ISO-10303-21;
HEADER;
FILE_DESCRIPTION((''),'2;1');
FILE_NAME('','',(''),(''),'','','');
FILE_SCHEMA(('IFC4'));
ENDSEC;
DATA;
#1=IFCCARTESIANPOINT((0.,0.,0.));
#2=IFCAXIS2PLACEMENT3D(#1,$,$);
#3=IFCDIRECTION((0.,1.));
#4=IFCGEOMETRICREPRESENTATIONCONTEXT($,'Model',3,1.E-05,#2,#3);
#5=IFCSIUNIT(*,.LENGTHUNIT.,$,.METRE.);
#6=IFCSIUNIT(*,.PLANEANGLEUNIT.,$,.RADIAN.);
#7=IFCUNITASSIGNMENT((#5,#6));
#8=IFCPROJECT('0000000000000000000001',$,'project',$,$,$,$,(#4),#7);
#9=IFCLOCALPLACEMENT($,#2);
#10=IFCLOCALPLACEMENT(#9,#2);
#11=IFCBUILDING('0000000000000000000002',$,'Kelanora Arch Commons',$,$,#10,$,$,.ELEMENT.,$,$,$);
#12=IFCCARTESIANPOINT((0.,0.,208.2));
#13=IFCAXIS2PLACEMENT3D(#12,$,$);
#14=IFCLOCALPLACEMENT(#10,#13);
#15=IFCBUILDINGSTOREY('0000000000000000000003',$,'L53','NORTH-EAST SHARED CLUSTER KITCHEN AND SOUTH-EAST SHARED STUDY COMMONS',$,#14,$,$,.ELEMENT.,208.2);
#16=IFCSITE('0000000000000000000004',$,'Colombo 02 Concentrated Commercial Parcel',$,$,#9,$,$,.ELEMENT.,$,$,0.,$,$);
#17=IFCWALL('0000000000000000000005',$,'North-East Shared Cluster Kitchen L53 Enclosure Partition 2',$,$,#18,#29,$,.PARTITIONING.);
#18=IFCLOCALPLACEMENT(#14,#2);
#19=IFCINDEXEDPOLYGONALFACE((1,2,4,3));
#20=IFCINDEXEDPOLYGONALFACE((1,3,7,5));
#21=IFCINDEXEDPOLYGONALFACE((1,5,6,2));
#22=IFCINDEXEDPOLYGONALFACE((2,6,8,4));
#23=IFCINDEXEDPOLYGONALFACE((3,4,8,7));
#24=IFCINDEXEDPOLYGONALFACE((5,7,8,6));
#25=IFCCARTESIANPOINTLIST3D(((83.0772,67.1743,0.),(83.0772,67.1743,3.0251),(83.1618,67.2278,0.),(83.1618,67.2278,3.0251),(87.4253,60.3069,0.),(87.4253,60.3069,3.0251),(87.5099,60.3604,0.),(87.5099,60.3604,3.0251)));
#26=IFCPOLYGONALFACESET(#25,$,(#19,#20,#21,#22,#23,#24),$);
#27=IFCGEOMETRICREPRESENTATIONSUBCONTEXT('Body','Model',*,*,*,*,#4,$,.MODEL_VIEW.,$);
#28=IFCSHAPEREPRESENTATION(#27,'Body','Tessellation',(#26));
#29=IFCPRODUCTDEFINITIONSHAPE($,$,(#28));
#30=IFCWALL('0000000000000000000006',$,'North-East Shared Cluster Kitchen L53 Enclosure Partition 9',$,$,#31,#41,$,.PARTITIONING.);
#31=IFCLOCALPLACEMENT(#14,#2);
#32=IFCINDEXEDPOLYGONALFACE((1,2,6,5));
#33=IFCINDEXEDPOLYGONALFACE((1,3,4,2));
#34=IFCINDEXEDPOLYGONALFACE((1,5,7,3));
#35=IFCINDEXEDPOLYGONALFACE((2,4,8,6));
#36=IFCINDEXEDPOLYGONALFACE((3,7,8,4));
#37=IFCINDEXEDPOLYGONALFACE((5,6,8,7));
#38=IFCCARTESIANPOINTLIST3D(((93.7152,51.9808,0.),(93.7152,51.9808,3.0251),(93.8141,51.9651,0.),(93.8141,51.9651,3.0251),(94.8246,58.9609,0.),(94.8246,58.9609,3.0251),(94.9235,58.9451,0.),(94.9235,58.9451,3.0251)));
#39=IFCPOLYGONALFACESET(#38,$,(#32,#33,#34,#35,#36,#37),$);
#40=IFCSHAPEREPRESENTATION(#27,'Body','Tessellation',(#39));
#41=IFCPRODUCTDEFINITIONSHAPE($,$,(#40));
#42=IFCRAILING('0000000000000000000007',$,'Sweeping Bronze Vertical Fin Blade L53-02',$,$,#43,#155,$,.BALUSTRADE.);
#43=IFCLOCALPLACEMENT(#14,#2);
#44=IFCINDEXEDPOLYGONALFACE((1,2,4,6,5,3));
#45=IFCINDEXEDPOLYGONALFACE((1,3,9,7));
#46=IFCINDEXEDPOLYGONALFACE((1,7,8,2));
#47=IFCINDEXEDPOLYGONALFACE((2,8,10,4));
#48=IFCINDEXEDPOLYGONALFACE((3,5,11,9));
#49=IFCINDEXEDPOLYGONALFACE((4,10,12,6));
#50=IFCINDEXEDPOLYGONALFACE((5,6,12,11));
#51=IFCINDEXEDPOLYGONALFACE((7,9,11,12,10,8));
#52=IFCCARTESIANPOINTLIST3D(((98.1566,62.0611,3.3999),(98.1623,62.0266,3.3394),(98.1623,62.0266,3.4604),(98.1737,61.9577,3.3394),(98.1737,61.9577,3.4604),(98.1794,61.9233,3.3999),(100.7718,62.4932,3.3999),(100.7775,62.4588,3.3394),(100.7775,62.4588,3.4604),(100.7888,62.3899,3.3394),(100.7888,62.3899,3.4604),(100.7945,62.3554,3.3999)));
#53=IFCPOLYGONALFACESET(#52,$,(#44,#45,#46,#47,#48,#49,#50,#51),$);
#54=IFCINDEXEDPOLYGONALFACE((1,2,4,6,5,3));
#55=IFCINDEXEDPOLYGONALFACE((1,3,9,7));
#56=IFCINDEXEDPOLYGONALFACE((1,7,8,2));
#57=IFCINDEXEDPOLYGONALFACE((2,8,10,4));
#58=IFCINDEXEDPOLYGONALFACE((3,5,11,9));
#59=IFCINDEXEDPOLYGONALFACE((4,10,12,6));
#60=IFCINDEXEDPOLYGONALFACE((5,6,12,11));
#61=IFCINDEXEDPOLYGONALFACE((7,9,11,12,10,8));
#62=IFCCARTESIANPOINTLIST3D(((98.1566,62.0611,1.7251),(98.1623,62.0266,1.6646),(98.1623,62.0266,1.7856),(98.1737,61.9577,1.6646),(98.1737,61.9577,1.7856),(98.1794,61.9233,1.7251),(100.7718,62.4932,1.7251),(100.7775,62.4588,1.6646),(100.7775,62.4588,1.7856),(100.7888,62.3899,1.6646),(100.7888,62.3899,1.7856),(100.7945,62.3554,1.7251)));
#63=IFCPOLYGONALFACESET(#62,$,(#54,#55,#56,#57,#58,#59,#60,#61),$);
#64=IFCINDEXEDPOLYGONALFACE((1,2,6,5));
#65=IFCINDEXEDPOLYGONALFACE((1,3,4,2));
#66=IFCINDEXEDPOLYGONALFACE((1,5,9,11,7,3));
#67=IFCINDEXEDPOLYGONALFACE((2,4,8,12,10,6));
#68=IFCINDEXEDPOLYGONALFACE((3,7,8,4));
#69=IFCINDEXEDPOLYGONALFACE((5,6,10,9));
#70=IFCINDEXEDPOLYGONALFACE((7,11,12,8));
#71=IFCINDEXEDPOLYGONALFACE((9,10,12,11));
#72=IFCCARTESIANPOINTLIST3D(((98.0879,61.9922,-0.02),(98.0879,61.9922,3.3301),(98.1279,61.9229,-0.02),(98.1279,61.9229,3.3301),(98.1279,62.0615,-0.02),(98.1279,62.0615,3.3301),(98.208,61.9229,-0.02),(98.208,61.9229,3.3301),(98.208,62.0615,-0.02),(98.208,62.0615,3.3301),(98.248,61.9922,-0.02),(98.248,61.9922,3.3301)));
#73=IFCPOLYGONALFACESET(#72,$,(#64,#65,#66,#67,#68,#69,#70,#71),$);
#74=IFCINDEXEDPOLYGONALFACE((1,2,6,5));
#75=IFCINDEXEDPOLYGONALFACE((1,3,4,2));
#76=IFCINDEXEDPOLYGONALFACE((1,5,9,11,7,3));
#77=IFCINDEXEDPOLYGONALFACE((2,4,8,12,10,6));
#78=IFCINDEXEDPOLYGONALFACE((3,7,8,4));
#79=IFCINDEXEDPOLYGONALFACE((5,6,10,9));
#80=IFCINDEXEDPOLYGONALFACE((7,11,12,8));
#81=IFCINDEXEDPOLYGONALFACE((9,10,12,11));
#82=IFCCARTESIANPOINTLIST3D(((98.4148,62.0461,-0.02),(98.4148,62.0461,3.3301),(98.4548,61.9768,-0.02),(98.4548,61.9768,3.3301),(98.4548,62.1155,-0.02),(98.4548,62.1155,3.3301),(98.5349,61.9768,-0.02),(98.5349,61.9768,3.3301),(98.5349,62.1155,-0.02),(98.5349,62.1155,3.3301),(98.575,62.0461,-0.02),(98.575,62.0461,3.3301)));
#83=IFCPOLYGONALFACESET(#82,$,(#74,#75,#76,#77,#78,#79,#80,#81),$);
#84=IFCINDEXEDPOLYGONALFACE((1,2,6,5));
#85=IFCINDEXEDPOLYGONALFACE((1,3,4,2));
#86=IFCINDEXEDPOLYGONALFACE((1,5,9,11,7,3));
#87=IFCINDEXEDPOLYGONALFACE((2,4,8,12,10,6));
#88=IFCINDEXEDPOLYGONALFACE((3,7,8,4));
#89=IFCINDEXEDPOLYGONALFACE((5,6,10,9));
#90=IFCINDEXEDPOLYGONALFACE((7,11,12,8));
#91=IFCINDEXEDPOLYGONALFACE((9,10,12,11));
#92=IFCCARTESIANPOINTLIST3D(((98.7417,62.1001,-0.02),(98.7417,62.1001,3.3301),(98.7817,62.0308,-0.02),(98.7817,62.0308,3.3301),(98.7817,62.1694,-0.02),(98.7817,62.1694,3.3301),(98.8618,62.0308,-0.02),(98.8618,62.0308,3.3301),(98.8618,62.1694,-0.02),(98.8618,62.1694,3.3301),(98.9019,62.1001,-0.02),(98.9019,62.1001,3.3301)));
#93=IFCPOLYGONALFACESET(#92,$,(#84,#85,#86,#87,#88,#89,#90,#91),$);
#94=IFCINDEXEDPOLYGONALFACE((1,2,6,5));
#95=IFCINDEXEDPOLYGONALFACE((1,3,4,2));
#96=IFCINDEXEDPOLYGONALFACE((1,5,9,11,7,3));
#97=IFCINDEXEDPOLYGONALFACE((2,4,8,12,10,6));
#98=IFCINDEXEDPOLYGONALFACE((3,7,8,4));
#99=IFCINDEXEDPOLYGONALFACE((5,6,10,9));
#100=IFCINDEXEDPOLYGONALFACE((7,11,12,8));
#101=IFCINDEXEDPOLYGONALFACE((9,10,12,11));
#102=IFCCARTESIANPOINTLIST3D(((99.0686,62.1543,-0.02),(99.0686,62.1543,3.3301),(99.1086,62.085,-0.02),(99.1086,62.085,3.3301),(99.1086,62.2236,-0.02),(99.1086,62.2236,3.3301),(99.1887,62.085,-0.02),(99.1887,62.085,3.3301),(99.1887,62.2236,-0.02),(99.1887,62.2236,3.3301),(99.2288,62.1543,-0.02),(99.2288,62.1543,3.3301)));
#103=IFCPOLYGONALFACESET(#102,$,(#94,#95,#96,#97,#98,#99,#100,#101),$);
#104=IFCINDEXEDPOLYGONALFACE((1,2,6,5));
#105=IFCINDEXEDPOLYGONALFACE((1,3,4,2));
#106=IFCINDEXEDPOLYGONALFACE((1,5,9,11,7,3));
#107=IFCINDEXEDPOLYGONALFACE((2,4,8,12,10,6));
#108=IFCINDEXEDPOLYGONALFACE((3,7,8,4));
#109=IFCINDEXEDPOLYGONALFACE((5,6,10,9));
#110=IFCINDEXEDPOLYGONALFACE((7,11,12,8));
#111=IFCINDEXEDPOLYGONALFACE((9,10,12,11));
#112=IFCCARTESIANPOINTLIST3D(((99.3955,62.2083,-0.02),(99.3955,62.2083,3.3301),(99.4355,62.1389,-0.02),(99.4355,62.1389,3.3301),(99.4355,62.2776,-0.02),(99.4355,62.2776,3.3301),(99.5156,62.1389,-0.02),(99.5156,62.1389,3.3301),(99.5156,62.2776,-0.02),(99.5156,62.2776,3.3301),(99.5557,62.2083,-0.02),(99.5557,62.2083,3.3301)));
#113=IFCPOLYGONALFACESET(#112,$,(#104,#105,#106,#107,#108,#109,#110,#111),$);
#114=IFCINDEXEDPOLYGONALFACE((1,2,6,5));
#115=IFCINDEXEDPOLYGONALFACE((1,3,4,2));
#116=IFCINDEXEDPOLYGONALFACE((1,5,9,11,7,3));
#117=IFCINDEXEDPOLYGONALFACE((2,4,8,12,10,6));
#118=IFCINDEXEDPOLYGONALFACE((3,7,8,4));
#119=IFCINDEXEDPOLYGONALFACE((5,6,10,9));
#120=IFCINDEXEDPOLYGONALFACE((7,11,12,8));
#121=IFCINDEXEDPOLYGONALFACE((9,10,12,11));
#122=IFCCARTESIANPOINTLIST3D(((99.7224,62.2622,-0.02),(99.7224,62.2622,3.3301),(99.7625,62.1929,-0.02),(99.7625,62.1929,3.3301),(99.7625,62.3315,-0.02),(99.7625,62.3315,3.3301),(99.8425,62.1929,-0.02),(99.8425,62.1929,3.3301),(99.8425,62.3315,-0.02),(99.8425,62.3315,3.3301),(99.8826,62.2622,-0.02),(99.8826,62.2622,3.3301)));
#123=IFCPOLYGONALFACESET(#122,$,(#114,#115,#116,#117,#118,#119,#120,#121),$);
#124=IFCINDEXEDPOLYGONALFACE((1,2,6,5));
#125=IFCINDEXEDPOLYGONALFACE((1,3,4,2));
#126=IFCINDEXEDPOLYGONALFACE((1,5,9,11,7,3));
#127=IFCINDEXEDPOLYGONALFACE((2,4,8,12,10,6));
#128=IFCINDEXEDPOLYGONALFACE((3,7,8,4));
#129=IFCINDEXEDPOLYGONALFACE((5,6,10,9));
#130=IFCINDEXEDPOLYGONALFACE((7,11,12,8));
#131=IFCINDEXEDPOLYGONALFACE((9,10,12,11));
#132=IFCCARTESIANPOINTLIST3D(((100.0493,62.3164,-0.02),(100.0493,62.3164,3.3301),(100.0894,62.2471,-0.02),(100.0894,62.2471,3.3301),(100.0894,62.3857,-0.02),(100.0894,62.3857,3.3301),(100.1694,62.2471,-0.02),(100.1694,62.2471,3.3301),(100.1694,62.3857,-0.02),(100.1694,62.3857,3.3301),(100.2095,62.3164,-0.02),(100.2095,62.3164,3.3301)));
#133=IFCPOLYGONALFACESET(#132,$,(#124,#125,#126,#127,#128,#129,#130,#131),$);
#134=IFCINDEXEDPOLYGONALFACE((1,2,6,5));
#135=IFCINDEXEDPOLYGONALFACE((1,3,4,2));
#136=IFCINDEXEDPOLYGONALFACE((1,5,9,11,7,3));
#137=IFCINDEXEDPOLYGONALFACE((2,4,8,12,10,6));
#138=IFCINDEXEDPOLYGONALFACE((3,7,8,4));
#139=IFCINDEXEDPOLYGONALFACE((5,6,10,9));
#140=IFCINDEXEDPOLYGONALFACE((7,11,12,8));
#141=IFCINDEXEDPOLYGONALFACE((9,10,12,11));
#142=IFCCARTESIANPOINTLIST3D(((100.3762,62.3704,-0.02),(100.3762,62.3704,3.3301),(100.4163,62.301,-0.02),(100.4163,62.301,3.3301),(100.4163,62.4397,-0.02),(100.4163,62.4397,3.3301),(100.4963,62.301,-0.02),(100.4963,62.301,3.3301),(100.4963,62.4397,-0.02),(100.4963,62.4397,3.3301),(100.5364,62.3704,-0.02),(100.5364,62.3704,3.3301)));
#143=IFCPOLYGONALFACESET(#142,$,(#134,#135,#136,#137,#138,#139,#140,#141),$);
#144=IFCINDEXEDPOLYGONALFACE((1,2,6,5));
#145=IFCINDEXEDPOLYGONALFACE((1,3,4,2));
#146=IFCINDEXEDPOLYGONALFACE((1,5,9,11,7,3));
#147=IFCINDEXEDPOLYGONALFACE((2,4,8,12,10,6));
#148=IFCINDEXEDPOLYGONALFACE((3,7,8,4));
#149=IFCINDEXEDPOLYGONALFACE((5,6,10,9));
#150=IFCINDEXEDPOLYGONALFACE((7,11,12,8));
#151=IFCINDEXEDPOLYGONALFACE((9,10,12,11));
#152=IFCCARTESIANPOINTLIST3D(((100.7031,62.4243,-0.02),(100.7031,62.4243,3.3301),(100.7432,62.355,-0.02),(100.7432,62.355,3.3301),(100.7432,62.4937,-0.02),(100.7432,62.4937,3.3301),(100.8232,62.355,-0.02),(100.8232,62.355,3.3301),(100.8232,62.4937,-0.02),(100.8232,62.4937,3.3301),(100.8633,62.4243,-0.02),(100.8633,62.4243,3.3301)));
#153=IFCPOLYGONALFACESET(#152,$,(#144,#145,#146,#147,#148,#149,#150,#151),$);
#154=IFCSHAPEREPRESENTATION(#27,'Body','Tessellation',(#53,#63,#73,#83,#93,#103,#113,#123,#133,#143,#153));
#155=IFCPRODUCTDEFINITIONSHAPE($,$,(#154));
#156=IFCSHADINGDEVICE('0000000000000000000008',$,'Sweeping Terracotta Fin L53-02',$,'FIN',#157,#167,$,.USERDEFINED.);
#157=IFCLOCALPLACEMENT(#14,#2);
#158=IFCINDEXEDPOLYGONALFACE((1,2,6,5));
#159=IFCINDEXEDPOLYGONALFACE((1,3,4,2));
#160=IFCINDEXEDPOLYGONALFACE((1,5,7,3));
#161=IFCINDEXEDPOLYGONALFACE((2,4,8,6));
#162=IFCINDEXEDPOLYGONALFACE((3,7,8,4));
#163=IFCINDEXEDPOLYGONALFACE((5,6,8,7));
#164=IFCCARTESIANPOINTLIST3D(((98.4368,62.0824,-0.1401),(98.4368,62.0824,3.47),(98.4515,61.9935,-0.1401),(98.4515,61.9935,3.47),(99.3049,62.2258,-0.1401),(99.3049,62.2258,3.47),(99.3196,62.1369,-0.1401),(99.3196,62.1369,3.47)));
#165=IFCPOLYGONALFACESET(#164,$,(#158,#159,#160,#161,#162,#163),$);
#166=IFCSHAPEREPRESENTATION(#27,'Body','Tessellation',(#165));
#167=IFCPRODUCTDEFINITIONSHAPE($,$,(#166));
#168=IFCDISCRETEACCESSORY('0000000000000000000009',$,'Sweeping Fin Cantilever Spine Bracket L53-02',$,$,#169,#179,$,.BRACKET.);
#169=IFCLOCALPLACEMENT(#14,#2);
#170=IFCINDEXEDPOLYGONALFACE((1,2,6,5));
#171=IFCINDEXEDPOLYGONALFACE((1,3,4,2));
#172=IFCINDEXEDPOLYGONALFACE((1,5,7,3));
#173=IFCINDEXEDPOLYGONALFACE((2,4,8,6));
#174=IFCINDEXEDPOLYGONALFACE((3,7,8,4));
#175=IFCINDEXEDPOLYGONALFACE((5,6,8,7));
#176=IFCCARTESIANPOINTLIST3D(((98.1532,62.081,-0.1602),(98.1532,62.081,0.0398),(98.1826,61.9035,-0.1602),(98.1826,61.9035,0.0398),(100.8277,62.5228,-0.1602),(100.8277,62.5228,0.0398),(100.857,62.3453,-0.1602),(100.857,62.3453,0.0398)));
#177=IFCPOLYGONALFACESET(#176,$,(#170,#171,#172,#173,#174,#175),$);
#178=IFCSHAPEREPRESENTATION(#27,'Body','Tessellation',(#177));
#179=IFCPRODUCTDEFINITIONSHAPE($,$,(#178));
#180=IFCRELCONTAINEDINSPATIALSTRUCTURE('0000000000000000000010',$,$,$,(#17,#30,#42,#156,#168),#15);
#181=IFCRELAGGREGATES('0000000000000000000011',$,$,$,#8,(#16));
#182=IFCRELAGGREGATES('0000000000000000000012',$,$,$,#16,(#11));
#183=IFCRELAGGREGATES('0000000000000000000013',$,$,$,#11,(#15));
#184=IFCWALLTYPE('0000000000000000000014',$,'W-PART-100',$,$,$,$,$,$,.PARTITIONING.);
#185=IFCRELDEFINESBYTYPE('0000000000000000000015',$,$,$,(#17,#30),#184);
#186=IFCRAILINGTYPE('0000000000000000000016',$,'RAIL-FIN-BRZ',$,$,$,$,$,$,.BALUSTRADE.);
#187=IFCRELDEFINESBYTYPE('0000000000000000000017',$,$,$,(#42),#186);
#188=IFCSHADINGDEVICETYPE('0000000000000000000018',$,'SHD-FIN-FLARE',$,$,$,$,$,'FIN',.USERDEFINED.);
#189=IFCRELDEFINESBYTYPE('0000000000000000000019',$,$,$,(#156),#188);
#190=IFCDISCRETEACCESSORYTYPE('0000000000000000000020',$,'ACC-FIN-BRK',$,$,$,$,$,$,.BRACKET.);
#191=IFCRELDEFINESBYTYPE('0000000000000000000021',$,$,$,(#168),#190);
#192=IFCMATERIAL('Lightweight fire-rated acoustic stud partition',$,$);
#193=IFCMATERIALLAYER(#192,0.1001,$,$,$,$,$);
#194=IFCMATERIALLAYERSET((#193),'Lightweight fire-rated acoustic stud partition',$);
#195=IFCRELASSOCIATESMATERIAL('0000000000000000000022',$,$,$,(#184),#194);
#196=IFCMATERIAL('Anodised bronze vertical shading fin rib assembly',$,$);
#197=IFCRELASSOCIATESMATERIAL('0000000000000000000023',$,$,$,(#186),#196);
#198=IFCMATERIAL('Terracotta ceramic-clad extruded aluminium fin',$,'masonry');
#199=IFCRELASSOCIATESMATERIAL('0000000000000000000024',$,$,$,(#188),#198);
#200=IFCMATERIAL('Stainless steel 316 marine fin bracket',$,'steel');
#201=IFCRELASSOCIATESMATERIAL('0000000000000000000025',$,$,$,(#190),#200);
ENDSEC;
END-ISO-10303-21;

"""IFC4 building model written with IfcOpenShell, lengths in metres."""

from ifc_helpers import new_model, si_unit, direction, frame, frame_2d, origin, origin_2d, place, context, subcontext, project, spatial, polyline, rectangle, outline, extrude, source, transform, mapped, material, layer, layer_set, type_object, element, save


model = new_model("IFC4")

# Units and contexts
model_context = context("Model", 3, precision=1e-05, world=origin(), true_north=direction((0.0, 1.0)))
body_context = subcontext(model_context, "Body", "Model", "MODEL_VIEW")
ifc_project = project(units=[si_unit("LENGTHUNIT", "METRE"), si_unit("PLANEANGLEUNIT", "RADIAN")], contexts=[model_context])

# Site, building, storey
site_placement = place(None, origin())
site = spatial("IfcSite", under=ifc_project, at=site_placement, Name="Colombo 02 Concentrated Commercial Parcel", CompositionType="ELEMENT", RefElevation=0.0)
building_placement = place(site_placement, origin())
building = spatial("IfcBuilding", under=site, at=building_placement, Name="Kelanora Arch Commons", CompositionType="ELEMENT")
storey_placement = place(building_placement, frame((0.0, 0.0, 208.2)))
storey = spatial("IfcBuildingStorey", under=building, at=storey_placement, Name="L53", Description="NORTH-EAST SHARED CLUSTER KITCHEN AND SOUTH-EAST SHARED STUDY COMMONS", CompositionType="ELEMENT", Elevation=208.2)

# Walls
ifc_material_1 = material(Name="Lightweight fire-rated acoustic stud partition")
ifc_layer_1 = layer(ifc_material_1, 0.1001)
ifc_layer_set_1 = layer_set([ifc_layer_1], Name="Lightweight fire-rated acoustic stud partition")
wall_type = type_object("IfcWallType", Name="W-PART-100", PredefinedType="PARTITIONING", material=ifc_layer_set_1)
wall_1_placement = place(storey_placement, frame((87.4675, 60.3337, 0.0), z_axis=(0.0, 0.0, 1.0), x_axis=(-0.534944, 0.844887, 0.0)))
element("IfcWall", 1, at=wall_1_placement, inside=storey, type_object=wall_type, Name="North-East Shared Cluster Kitchen L53 Enclosure Partition 2", PredefinedType="PARTITIONING", context=body_context, shape_type="SweptSolid", body=[
    extrude(rectangle(XDim=8.1282, YDim=0.1001, at=frame_2d((4.064, 0.0))), origin(), (0.0, 0.0, 1.0), 3.0251),
])
wall_2_placement = place(storey_placement, frame((94.874, 58.9529, 0.0), z_axis=(0.0, 0.0, 1.0), x_axis=(-0.156967, -0.987604, 0.0)))
element("IfcWall", 2, at=wall_2_placement, inside=storey, type_object=wall_type, Name="North-East Shared Cluster Kitchen L53 Enclosure Partition 9", PredefinedType="PARTITIONING", context=body_context, shape_type="SweptSolid", body=[
    extrude(rectangle(XDim=7.0676, YDim=0.1001, at=frame_2d((3.5337, 0.0))), origin(), (0.0, 0.0, 1.0), 3.0251),
])

# Railing
ifc_material_2 = material(Name="Anodised bronze vertical shading fin rib assembly")
railing_type_1 = type_object("IfcRailingType", Name="RAIL-FIN-BRZ", PredefinedType="BALUSTRADE", material=ifc_material_2)
railing_1_placement = place(storey_placement, frame((98.168, 61.9922, -0.02)))
element("IfcRailing", 3, at=railing_1_placement, inside=storey, type_object=railing_type_1, Name="Sweeping Bronze Vertical Fin Blade L53-02", PredefinedType="BALUSTRADE", context=body_context, shape_type="SweptSolid", body=[
    extrude(outline(polyline([(0.0698, 0.0), (0.0349, 0.0605), (-0.0349, 0.0605), (-0.0698, 0.0), (-0.0349, -0.0605), (0.0349, -0.0605), (0.0698, 0.0)])), frame((0.0, 0.0, 3.4199), z_axis=(0.986622, 0.163025, 0.0), x_axis=(-0.163025, 0.986622, 0.0)), (0.0, 0.0, 1.0), 2.6506),
    extrude(outline(polyline([(0.0698, 0.0), (0.0349, 0.0605), (-0.0349, 0.0605), (-0.0698, 0.0), (-0.0349, -0.0605), (0.0349, -0.0605), (0.0698, 0.0)])), frame((0.0, 0.0, 1.7451), z_axis=(0.986622, 0.163025, 0.0), x_axis=(-0.163025, 0.986622, 0.0)), (0.0, 0.0, 1.0), 2.6506),
    extrude(outline(polyline([(0.0801, 0.0), (0.04, 0.0693), (-0.04, 0.0693), (-0.0801, 0.0), (-0.04, -0.0693), (0.04, -0.0693), (0.0801, 0.0)])), origin(), (0.0, 0.0, 1.0), 3.3501),
    extrude(outline(polyline([(0.0801, 0.0), (0.04, 0.0693), (-0.04, 0.0693), (-0.0801, 0.0), (-0.04, -0.0693), (0.04, -0.0693), (0.0801, 0.0)])), frame((0.3269, 0.054, 0.0)), (0.0, 0.0, 1.0), 3.3501),
    extrude(outline(polyline([(0.0801, 0.0), (0.04, 0.0693), (-0.04, 0.0693), (-0.0801, 0.0), (-0.04, -0.0693), (0.04, -0.0693), (0.0801, 0.0)])), frame((0.6538, 0.1079, 0.0)), (0.0, 0.0, 1.0), 3.3501),
    extrude(outline(polyline([(0.0801, 0.0), (0.04, 0.0693), (-0.04, 0.0693), (-0.0801, 0.0), (-0.04, -0.0693), (0.04, -0.0693), (0.0801, 0.0)])), frame((0.9807, 0.1621, 0.0)), (0.0, 0.0, 1.0), 3.3501),
    extrude(outline(polyline([(0.0801, 0.0), (0.04, 0.0693), (-0.04, 0.0693), (-0.0801, 0.0), (-0.04, -0.0693), (0.04, -0.0693), (0.0801, 0.0)])), frame((1.3076, 0.2161, 0.0)), (0.0, 0.0, 1.0), 3.3501),
    extrude(outline(polyline([(0.0801, 0.0), (0.04, 0.0693), (-0.04, 0.0693), (-0.0801, 0.0), (-0.04, -0.0693), (0.04, -0.0693), (0.0801, 0.0)])), frame((1.6345, 0.27, 0.0)), (0.0, 0.0, 1.0), 3.3501),
    extrude(outline(polyline([(0.0801, 0.0), (0.04, 0.0693), (-0.04, 0.0693), (-0.0801, 0.0), (-0.04, -0.0693), (0.04, -0.0693), (0.0801, 0.0)])), frame((1.9614, 0.3242, 0.0)), (0.0, 0.0, 1.0), 3.3501),
    extrude(outline(polyline([(0.0801, 0.0), (0.04, 0.0693), (-0.04, 0.0693), (-0.0801, 0.0), (-0.04, -0.0693), (0.04, -0.0693), (0.0801, 0.0)])), frame((2.2883, 0.3782, 0.0)), (0.0, 0.0, 1.0), 3.3501),
    extrude(outline(polyline([(0.0801, 0.0), (0.04, 0.0693), (-0.04, 0.0693), (-0.0801, 0.0), (-0.04, -0.0693), (0.04, -0.0693), (0.0801, 0.0)])), frame((2.6152, 0.4321, 0.0)), (0.0, 0.0, 1.0), 3.3501),
])

# Shading device
ifc_material_3 = material(Name="Terracotta ceramic-clad extruded aluminium fin", Category="masonry")
shading_device_type = type_object("IfcShadingDeviceType", Name="SHD-FIN-FLARE", ElementType="FIN", PredefinedType="USERDEFINED", material=ifc_material_3)
shared_shape_1 = source(origin(), body_context, "Body", "SweptSolid", [
    extrude(rectangle(XDim=0.8799, YDim=0.0901, at=origin_2d()), origin(), (0.0, 0.0, 1.0), 3.6101),
])
shading_device_placement = place(storey_placement, frame((98.8782, 62.1096, -0.1401), z_axis=(0.0, 0.0, 1.0), x_axis=(0.986629, 0.162982, 0.0)))
element("IfcShadingDevice", 4, at=shading_device_placement, inside=storey, type_object=shading_device_type, Name="Sweeping Terracotta Fin L53-02", ObjectType="FIN", PredefinedType="USERDEFINED", context=body_context, shape_type="MappedRepresentation", body=[
    mapped(shared_shape_1, transform((0.0, 0.0, 0.0), scale=1.0)),
])

# Discrete accessory
ifc_material_4 = material(Name="Stainless steel 316 marine fin bracket", Category="steel")
discrete_accessory_type = type_object("IfcDiscreteAccessoryType", Name="ACC-FIN-BRK", PredefinedType="BRACKET", material=ifc_material_4)
shared_shape_2 = source(origin(), body_context, "Body", "SweptSolid", [
    extrude(rectangle(XDim=2.7107, YDim=0.1799, at=origin_2d()), origin(), (0.0, 0.0, 1.0), 0.2),
])
discrete_accessory_placement = place(storey_placement, frame((99.5051, 62.2131, -0.1602), z_axis=(0.0, 0.0, 1.0), x_axis=(0.986629, 0.162982, 0.0)))
element("IfcDiscreteAccessory", 5, at=discrete_accessory_placement, inside=storey, type_object=discrete_accessory_type, Name="Sweeping Fin Cantilever Spine Bracket L53-02", PredefinedType="BRACKET", context=body_context, shape_type="MappedRepresentation", body=[
    mapped(shared_shape_2, transform((0.0, 0.0, 0.0), scale=1.0)),
])

save(model, "model.ifc")
